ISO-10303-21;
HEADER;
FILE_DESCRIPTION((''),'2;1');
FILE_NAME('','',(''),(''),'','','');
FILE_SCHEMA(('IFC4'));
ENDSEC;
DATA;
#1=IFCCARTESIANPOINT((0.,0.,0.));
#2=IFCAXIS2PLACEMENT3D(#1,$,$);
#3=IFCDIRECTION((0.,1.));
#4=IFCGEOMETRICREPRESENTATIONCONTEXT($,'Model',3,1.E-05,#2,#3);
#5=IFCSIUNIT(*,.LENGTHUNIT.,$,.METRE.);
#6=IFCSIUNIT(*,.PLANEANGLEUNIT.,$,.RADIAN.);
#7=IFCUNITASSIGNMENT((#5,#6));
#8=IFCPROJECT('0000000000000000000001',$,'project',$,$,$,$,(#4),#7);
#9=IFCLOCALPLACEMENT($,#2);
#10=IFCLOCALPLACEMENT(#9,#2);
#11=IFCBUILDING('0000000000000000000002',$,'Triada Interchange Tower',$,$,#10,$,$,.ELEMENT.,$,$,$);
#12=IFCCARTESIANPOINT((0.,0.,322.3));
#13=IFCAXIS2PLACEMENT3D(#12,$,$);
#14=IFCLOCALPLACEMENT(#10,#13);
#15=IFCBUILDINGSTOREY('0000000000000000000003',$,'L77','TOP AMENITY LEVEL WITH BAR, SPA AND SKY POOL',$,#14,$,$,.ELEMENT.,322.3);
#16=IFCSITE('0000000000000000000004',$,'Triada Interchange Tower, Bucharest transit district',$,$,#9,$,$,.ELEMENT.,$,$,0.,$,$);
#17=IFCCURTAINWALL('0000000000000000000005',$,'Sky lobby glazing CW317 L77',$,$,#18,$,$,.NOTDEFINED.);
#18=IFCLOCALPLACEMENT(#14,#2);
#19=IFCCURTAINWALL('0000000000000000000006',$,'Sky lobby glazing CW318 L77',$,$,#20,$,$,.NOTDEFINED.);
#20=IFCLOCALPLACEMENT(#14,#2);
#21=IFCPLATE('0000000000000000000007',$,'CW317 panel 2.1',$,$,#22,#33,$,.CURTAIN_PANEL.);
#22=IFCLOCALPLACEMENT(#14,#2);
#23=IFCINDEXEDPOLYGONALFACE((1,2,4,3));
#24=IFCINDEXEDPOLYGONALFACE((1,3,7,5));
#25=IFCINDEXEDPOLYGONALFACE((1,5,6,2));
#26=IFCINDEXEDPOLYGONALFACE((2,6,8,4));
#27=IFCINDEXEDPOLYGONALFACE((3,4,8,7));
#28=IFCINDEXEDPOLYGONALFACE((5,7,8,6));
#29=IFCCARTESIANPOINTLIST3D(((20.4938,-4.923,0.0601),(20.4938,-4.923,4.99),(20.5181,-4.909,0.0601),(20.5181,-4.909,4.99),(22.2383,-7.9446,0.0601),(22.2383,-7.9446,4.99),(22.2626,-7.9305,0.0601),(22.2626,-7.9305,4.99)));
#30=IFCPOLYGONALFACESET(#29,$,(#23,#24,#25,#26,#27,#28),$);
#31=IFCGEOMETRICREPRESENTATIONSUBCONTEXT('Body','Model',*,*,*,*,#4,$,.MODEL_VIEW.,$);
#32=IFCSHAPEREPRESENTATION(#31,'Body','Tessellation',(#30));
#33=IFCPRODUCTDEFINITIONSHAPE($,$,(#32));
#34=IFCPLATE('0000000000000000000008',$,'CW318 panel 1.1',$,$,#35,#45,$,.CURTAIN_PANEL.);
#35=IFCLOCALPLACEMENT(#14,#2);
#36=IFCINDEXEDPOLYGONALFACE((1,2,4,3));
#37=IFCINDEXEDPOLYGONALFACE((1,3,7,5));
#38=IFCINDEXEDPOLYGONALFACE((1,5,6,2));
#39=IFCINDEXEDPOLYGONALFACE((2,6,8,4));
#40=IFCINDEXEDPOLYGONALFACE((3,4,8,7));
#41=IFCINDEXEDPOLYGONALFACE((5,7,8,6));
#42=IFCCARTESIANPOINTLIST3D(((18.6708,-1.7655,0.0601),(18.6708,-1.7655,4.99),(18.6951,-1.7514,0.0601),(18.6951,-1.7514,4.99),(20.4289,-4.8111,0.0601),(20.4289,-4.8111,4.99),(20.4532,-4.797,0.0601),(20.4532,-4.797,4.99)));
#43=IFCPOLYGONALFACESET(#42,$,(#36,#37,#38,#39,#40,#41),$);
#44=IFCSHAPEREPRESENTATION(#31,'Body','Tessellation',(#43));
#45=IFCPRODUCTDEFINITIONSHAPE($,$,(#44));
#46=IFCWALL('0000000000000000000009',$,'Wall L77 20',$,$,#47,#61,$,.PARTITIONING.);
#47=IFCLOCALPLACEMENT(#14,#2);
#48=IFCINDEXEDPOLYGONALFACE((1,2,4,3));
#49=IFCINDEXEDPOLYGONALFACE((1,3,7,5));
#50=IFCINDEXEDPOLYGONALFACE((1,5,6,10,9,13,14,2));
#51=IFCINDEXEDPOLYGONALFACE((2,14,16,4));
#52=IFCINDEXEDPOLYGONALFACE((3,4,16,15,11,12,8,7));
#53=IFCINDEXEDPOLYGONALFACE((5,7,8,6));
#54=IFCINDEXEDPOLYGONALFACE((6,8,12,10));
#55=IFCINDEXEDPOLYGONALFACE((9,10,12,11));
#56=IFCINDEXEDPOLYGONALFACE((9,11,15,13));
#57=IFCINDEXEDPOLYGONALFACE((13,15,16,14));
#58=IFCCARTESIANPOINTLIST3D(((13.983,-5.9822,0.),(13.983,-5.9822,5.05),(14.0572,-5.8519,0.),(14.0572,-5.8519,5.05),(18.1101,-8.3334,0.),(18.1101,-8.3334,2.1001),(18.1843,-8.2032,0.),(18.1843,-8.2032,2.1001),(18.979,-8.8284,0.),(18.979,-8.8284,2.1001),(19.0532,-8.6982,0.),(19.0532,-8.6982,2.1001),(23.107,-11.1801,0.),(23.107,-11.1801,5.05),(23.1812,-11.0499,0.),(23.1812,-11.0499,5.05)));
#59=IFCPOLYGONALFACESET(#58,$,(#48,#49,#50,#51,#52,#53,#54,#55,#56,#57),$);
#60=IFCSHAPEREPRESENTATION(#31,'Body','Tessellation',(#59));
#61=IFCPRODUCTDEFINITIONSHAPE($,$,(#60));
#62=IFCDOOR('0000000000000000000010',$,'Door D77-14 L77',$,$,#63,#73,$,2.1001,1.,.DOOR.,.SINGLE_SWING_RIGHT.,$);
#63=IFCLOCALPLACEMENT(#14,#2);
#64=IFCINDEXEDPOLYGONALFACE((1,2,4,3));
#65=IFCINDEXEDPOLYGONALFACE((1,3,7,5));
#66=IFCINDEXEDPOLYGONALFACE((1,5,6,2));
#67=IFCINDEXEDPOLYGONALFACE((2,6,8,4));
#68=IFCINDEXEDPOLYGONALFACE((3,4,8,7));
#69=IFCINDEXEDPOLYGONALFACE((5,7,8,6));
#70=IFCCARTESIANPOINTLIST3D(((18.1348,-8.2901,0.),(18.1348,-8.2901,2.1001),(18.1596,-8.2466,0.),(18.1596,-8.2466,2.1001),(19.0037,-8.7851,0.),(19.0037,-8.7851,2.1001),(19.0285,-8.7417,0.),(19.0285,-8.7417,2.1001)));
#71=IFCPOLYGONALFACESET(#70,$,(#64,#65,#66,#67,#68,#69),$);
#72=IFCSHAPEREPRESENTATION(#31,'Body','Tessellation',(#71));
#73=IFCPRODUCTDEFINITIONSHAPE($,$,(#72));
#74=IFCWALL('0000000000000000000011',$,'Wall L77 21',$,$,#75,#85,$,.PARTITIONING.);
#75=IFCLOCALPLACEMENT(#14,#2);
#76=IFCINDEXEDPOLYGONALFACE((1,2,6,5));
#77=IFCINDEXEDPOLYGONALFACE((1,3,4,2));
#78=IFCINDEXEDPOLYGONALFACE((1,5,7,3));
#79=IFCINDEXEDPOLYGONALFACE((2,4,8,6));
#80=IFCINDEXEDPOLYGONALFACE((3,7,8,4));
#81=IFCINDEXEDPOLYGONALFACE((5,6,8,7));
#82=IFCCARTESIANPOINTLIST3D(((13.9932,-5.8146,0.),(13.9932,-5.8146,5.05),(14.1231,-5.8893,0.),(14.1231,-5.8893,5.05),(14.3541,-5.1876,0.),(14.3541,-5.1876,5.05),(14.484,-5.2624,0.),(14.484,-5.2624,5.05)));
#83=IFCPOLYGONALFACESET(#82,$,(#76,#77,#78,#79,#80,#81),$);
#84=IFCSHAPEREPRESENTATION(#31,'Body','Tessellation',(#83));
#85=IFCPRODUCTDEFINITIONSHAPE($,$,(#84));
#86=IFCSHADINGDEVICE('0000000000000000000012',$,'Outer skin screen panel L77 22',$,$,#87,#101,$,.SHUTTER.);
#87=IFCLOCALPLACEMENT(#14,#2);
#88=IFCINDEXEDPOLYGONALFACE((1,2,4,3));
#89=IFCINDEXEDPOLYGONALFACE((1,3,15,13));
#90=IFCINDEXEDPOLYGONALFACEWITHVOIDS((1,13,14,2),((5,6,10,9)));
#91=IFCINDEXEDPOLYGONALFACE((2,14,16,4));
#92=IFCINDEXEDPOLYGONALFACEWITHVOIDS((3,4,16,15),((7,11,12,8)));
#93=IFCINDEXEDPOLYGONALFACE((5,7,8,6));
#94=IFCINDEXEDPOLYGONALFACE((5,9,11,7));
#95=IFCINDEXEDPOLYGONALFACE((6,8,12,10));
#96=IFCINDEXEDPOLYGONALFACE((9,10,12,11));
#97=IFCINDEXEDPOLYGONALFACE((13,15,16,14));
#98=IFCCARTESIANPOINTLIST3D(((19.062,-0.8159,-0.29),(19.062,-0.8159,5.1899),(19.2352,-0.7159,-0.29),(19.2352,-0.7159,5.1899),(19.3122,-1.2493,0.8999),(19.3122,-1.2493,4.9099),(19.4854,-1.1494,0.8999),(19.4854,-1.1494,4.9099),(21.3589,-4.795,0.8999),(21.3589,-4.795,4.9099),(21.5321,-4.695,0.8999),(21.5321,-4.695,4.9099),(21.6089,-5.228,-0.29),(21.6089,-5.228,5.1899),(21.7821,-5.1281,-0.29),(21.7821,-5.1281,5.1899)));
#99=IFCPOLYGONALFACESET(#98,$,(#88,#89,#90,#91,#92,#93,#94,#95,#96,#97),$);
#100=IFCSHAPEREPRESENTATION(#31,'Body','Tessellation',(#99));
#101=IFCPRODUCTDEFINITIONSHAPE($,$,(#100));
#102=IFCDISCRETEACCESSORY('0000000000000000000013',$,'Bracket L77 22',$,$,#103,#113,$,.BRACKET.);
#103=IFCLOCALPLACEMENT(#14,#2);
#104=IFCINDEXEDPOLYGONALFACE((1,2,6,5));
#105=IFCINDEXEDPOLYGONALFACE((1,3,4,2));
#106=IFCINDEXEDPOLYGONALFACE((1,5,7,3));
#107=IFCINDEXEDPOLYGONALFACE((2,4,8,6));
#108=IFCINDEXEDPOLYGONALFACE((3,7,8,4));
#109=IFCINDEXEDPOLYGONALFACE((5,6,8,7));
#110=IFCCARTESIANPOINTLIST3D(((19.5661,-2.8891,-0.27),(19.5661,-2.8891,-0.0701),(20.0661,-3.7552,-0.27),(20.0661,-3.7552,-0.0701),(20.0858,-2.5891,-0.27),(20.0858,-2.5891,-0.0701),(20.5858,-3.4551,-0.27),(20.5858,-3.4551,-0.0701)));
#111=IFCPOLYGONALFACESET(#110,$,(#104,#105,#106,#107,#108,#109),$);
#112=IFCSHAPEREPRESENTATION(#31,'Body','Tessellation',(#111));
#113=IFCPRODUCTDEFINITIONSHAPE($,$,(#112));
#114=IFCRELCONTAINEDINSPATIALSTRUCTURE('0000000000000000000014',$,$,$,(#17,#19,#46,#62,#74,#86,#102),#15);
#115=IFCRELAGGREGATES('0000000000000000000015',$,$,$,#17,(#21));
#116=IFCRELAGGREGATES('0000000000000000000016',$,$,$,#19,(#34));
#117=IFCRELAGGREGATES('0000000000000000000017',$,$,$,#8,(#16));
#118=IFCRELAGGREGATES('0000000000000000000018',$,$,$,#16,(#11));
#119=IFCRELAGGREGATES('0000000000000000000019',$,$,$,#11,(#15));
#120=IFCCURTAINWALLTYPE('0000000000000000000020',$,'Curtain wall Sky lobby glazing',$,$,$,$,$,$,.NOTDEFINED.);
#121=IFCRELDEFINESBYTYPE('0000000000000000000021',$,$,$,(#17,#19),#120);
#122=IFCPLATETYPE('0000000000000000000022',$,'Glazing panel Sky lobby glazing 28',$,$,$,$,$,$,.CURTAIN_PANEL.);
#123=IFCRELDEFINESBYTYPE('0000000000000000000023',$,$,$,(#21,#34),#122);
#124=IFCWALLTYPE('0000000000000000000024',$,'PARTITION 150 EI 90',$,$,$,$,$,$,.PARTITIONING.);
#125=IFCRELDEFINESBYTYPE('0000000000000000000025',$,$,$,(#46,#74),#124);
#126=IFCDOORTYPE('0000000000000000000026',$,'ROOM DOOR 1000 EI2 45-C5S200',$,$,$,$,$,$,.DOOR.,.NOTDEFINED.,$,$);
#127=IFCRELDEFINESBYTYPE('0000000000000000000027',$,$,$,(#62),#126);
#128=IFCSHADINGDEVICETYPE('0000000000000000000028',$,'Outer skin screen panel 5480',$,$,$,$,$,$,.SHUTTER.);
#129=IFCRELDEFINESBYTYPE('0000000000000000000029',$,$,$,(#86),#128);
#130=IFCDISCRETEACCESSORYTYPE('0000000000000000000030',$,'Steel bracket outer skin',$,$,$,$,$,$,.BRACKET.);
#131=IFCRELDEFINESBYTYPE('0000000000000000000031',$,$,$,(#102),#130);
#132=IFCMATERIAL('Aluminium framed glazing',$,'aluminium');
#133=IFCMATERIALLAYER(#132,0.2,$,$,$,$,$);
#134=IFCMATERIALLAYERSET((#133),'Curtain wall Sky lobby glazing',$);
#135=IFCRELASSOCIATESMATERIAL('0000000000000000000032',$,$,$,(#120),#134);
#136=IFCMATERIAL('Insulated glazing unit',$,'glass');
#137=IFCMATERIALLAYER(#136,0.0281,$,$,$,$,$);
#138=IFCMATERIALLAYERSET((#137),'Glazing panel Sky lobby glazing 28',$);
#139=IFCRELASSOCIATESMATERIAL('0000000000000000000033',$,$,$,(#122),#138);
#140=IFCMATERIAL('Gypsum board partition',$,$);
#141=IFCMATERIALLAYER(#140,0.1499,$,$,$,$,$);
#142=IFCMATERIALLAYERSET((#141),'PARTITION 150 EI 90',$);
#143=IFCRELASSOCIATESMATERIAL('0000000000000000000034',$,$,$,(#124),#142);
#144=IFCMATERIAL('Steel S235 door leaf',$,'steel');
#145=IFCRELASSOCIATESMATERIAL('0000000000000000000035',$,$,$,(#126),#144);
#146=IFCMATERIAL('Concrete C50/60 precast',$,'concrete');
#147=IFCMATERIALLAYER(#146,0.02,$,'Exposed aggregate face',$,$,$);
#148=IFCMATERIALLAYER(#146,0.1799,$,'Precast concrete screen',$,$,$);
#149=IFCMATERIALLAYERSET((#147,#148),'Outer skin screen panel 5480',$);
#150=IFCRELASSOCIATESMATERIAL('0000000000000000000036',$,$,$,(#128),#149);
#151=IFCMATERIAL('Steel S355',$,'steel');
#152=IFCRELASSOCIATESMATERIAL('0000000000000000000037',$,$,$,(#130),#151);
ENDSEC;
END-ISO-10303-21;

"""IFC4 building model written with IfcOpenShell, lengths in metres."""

from ifc_helpers import new_model, si_unit, direction, frame, frame_2d, origin, origin_2d, place, context, subcontext, project, spatial, polyline, rectangle, outline, extrude, material, layer, layer_set, type_object, element, fill, aggregate, save


model = new_model("IFC4")

# Units and contexts
model_context = context("Model", 3, precision=1e-05, world=origin(), true_north=direction((0.0, 1.0)))
body_context = subcontext(model_context, "Body", "Model", "MODEL_VIEW")
ifc_project = project(units=[si_unit("LENGTHUNIT", "METRE"), si_unit("PLANEANGLEUNIT", "RADIAN")], contexts=[model_context])

# Site, building, storey
site_placement = place(None, origin())
site = spatial("IfcSite", under=ifc_project, at=site_placement, Name="Triada Interchange Tower, Bucharest transit district", CompositionType="ELEMENT", RefElevation=0.0)
building_placement = place(site_placement, origin())
building = spatial("IfcBuilding", under=site, at=building_placement, Name="Triada Interchange Tower", CompositionType="ELEMENT")
storey_placement = place(building_placement, frame((0.0, 0.0, 322.3)))
storey = spatial("IfcBuildingStorey", under=building, at=storey_placement, Name="L77", Description="TOP AMENITY LEVEL WITH BAR, SPA AND SKY POOL", CompositionType="ELEMENT", Elevation=322.3)

# Curtain walls
ifc_material_1 = material(Name="Aluminium framed glazing", Category="aluminium")
ifc_layer_1 = layer(ifc_material_1, 0.2)
ifc_layer_set_1 = layer_set([ifc_layer_1], Name="Curtain wall Sky lobby glazing")
curtain_wall_type = type_object("IfcCurtainWallType", Name="Curtain wall Sky lobby glazing", PredefinedType="NOTDEFINED", material=ifc_layer_set_1)
curtain_wall_1_placement = place(storey_placement, origin())
curtain_wall_1 = element("IfcCurtainWall", 1, at=curtain_wall_1_placement, inside=storey, type_object=curtain_wall_type, Name="Sky lobby glazing CW317 L77", PredefinedType="NOTDEFINED")
curtain_wall_2_placement = place(storey_placement, origin())
curtain_wall_2 = element("IfcCurtainWall", 2, at=curtain_wall_2_placement, inside=storey, type_object=curtain_wall_type, Name="Sky lobby glazing CW318 L77", PredefinedType="NOTDEFINED")

# Plates
ifc_material_2 = material(Name="Insulated glazing unit", Category="glass")
ifc_layer_2 = layer(ifc_material_2, 0.0281)
ifc_layer_set_2 = layer_set([ifc_layer_2], Name="Glazing panel Sky lobby glazing 28")
plate_type = type_object("IfcPlateType", Name="Glazing panel Sky lobby glazing 28", PredefinedType="CURTAIN_PANEL", material=ifc_layer_set_2)
plate_1_placement = place(storey_placement, frame((21.3782, -6.4268, 0.0601), z_axis=(0.0, 0.0, 1.0), x_axis=(-0.500001, 0.866025, 0.0)))
plate_1 = element("IfcPlate", 3, at=plate_1_placement, type_object=plate_type, Name="CW317 panel 2.1", PredefinedType="CURTAIN_PANEL", context=body_context, shape_type="SweptSolid", body=[
    extrude(rectangle(XDim=3.489, YDim=0.0281, at=origin_2d()), origin(), (0.0, 0.0, 1.0), 4.9299),
])
aggregate(curtain_wall_1, [plate_1])
plate_2_placement = place(storey_placement, frame((19.562, -3.2812, 0.0601), z_axis=(0.0, 0.0, 1.0), x_axis=(-0.499926, 0.866068, 0.0)))
plate_2 = element("IfcPlate", 4, at=plate_2_placement, type_object=plate_type, Name="CW318 panel 1.1", PredefinedType="CURTAIN_PANEL", context=body_context, shape_type="SweptSolid", body=[
    extrude(rectangle(XDim=3.5166, YDim=0.0281, at=origin_2d()), origin(), (0.0, 0.0, 1.0), 4.9299),
])
aggregate(curtain_wall_2, [plate_2])

# Wall, opening, door
ifc_material_3 = material(Name="Gypsum board partition")
ifc_layer_3 = layer(ifc_material_3, 0.1499)
ifc_layer_set_3 = layer_set([ifc_layer_3], Name="PARTITION 150 EI 90")
wall_type = type_object("IfcWallType", Name="PARTITION 150 EI 90", PredefinedType="PARTITIONING", material=ifc_layer_set_3)
wall_1_placement = place(storey_placement, frame((14.02, -5.917, 0.0), z_axis=(0.0, 0.0, 1.0), x_axis=(0.868888, -0.495009, 0.0)))
wall_1 = element("IfcWall", 5, at=wall_1_placement, inside=storey, type_object=wall_type, Name="Wall L77 20", PredefinedType="PARTITIONING", context=body_context, shape_type="SweptSolid", body=[
    extrude(rectangle(XDim=10.5007, YDim=0.1499, at=frame_2d((5.2505, 0.0))), origin(), (0.0, 0.0, 1.0), 5.05),
])
opening_placement = place(wall_1_placement, frame((4.75, 0.0, 0.0)))
opening = element("IfcOpeningElement", 6, at=opening_placement, cuts=wall_1, PredefinedType="OPENING", context=body_context, shape_type="SweptSolid", body=[
    extrude(rectangle(XDim=1.0, YDim=2.1001, at=frame_2d((0.5, 1.05))), frame((0.0, 0.085, 0.0), z_axis=(0.0, -1.0, 0.0), x_axis=(1.0, 0.0, 0.0)), (0.0, 0.0, 1.0), 0.1699),
])
ifc_material_4 = material(Name="Steel S235 door leaf", Category="steel")
door_type = type_object("IfcDoorType", Name="ROOM DOOR 1000 EI2 45-C5S200", OperationType="NOTDEFINED", PredefinedType="DOOR", material=ifc_material_4)
door_placement = place(opening_placement, origin())
door = element("IfcDoor", 7, at=door_placement, inside=storey, type_object=door_type, Name="Door D77-14 L77", OperationType="SINGLE_SWING_RIGHT", OverallHeight=2.1001, OverallWidth=1.0, PredefinedType="DOOR", context=body_context, shape_type="SweptSolid", body=[
    extrude(rectangle(XDim=1.0, YDim=2.1001, at=frame_2d((0.5, 1.05))), frame((0.0, 0.0249, 0.0), z_axis=(0.0, -1.0, 0.0), x_axis=(1.0, 0.0, 0.0)), (0.0, 0.0, 1.0), 0.05),
])
fill(opening, door)

# Wall
wall_2_placement = place(storey_placement, frame((14.0581, -5.8521, 0.0), z_axis=(0.0, 0.0, 1.0), x_axis=(0.498826, 0.866702, 0.0)))
element("IfcWall", 8, at=wall_2_placement, inside=storey, type_object=wall_type, Name="Wall L77 21", PredefinedType="PARTITIONING", context=body_context, shape_type="SweptSolid", body=[
    extrude(rectangle(XDim=0.7234, YDim=0.1499, at=frame_2d((0.3618, 0.0))), origin(), (0.0, 0.0, 1.0), 5.05),
])

# Shading device
ifc_material_5 = material(Name="Concrete C50/60 precast", Category="concrete")
ifc_layer_4 = layer(ifc_material_5, 0.02, Name="Exposed aggregate face")
ifc_layer_5 = layer(ifc_material_5, 0.1799, Name="Precast concrete screen")
ifc_layer_set_4 = layer_set([ifc_layer_4, ifc_layer_5], Name="Outer skin screen panel 5480")
shading_device_type = type_object("IfcShadingDeviceType", Name="Outer skin screen panel 5480", PredefinedType="SHUTTER", material=ifc_layer_set_4)
shading_device_placement = place(storey_placement, frame((21.6089, -5.228, -0.29), z_axis=(0.0, 0.0, 1.0), x_axis=(-0.499933, 0.866064, 0.0)))
element("IfcShadingDevice", 9, at=shading_device_placement, inside=storey, type_object=shading_device_type, Name="Outer skin screen panel L77 22", PredefinedType="SHUTTER", context=body_context, shape_type="SweptSolid", body=[
    extrude(outline(polyline([(0.0, 0.0), (5.0945, 0.0), (5.0945, 5.48), (0.0, 5.48), (0.0, 0.0)]), holes=[polyline([(0.5, 1.1899), (0.5, 5.2), (4.594, 5.2), (4.594, 1.1899), (0.5, 1.1899)])]), frame((0.0, 0.0, 0.0), z_axis=(0.0, -1.0, 0.0), x_axis=(1.0, 0.0, 0.0)), (0.0, 0.0, 1.0), 0.2),
])

# Discrete accessory
ifc_material_6 = material(Name="Steel S355", Category="steel")
discrete_accessory_type = type_object("IfcDiscreteAccessoryType", Name="Steel bracket outer skin", PredefinedType="BRACKET", material=ifc_material_6)
discrete_accessory_placement = place(storey_placement, frame((20.0759, -3.1721, -0.27), z_axis=(0.0, 0.0, 1.0), x_axis=(0.866019, 0.500011, 0.0)))
element("IfcDiscreteAccessory", 10, at=discrete_accessory_placement, inside=storey, type_object=discrete_accessory_type, Name="Bracket L77 22", PredefinedType="BRACKET", context=body_context, shape_type="SweptSolid", body=[
    extrude(rectangle(XDim=0.6001, YDim=1.0, at=origin_2d()), origin(), (0.0, 0.0, 1.0), 0.2),
])

save(model, "model.ifc")
